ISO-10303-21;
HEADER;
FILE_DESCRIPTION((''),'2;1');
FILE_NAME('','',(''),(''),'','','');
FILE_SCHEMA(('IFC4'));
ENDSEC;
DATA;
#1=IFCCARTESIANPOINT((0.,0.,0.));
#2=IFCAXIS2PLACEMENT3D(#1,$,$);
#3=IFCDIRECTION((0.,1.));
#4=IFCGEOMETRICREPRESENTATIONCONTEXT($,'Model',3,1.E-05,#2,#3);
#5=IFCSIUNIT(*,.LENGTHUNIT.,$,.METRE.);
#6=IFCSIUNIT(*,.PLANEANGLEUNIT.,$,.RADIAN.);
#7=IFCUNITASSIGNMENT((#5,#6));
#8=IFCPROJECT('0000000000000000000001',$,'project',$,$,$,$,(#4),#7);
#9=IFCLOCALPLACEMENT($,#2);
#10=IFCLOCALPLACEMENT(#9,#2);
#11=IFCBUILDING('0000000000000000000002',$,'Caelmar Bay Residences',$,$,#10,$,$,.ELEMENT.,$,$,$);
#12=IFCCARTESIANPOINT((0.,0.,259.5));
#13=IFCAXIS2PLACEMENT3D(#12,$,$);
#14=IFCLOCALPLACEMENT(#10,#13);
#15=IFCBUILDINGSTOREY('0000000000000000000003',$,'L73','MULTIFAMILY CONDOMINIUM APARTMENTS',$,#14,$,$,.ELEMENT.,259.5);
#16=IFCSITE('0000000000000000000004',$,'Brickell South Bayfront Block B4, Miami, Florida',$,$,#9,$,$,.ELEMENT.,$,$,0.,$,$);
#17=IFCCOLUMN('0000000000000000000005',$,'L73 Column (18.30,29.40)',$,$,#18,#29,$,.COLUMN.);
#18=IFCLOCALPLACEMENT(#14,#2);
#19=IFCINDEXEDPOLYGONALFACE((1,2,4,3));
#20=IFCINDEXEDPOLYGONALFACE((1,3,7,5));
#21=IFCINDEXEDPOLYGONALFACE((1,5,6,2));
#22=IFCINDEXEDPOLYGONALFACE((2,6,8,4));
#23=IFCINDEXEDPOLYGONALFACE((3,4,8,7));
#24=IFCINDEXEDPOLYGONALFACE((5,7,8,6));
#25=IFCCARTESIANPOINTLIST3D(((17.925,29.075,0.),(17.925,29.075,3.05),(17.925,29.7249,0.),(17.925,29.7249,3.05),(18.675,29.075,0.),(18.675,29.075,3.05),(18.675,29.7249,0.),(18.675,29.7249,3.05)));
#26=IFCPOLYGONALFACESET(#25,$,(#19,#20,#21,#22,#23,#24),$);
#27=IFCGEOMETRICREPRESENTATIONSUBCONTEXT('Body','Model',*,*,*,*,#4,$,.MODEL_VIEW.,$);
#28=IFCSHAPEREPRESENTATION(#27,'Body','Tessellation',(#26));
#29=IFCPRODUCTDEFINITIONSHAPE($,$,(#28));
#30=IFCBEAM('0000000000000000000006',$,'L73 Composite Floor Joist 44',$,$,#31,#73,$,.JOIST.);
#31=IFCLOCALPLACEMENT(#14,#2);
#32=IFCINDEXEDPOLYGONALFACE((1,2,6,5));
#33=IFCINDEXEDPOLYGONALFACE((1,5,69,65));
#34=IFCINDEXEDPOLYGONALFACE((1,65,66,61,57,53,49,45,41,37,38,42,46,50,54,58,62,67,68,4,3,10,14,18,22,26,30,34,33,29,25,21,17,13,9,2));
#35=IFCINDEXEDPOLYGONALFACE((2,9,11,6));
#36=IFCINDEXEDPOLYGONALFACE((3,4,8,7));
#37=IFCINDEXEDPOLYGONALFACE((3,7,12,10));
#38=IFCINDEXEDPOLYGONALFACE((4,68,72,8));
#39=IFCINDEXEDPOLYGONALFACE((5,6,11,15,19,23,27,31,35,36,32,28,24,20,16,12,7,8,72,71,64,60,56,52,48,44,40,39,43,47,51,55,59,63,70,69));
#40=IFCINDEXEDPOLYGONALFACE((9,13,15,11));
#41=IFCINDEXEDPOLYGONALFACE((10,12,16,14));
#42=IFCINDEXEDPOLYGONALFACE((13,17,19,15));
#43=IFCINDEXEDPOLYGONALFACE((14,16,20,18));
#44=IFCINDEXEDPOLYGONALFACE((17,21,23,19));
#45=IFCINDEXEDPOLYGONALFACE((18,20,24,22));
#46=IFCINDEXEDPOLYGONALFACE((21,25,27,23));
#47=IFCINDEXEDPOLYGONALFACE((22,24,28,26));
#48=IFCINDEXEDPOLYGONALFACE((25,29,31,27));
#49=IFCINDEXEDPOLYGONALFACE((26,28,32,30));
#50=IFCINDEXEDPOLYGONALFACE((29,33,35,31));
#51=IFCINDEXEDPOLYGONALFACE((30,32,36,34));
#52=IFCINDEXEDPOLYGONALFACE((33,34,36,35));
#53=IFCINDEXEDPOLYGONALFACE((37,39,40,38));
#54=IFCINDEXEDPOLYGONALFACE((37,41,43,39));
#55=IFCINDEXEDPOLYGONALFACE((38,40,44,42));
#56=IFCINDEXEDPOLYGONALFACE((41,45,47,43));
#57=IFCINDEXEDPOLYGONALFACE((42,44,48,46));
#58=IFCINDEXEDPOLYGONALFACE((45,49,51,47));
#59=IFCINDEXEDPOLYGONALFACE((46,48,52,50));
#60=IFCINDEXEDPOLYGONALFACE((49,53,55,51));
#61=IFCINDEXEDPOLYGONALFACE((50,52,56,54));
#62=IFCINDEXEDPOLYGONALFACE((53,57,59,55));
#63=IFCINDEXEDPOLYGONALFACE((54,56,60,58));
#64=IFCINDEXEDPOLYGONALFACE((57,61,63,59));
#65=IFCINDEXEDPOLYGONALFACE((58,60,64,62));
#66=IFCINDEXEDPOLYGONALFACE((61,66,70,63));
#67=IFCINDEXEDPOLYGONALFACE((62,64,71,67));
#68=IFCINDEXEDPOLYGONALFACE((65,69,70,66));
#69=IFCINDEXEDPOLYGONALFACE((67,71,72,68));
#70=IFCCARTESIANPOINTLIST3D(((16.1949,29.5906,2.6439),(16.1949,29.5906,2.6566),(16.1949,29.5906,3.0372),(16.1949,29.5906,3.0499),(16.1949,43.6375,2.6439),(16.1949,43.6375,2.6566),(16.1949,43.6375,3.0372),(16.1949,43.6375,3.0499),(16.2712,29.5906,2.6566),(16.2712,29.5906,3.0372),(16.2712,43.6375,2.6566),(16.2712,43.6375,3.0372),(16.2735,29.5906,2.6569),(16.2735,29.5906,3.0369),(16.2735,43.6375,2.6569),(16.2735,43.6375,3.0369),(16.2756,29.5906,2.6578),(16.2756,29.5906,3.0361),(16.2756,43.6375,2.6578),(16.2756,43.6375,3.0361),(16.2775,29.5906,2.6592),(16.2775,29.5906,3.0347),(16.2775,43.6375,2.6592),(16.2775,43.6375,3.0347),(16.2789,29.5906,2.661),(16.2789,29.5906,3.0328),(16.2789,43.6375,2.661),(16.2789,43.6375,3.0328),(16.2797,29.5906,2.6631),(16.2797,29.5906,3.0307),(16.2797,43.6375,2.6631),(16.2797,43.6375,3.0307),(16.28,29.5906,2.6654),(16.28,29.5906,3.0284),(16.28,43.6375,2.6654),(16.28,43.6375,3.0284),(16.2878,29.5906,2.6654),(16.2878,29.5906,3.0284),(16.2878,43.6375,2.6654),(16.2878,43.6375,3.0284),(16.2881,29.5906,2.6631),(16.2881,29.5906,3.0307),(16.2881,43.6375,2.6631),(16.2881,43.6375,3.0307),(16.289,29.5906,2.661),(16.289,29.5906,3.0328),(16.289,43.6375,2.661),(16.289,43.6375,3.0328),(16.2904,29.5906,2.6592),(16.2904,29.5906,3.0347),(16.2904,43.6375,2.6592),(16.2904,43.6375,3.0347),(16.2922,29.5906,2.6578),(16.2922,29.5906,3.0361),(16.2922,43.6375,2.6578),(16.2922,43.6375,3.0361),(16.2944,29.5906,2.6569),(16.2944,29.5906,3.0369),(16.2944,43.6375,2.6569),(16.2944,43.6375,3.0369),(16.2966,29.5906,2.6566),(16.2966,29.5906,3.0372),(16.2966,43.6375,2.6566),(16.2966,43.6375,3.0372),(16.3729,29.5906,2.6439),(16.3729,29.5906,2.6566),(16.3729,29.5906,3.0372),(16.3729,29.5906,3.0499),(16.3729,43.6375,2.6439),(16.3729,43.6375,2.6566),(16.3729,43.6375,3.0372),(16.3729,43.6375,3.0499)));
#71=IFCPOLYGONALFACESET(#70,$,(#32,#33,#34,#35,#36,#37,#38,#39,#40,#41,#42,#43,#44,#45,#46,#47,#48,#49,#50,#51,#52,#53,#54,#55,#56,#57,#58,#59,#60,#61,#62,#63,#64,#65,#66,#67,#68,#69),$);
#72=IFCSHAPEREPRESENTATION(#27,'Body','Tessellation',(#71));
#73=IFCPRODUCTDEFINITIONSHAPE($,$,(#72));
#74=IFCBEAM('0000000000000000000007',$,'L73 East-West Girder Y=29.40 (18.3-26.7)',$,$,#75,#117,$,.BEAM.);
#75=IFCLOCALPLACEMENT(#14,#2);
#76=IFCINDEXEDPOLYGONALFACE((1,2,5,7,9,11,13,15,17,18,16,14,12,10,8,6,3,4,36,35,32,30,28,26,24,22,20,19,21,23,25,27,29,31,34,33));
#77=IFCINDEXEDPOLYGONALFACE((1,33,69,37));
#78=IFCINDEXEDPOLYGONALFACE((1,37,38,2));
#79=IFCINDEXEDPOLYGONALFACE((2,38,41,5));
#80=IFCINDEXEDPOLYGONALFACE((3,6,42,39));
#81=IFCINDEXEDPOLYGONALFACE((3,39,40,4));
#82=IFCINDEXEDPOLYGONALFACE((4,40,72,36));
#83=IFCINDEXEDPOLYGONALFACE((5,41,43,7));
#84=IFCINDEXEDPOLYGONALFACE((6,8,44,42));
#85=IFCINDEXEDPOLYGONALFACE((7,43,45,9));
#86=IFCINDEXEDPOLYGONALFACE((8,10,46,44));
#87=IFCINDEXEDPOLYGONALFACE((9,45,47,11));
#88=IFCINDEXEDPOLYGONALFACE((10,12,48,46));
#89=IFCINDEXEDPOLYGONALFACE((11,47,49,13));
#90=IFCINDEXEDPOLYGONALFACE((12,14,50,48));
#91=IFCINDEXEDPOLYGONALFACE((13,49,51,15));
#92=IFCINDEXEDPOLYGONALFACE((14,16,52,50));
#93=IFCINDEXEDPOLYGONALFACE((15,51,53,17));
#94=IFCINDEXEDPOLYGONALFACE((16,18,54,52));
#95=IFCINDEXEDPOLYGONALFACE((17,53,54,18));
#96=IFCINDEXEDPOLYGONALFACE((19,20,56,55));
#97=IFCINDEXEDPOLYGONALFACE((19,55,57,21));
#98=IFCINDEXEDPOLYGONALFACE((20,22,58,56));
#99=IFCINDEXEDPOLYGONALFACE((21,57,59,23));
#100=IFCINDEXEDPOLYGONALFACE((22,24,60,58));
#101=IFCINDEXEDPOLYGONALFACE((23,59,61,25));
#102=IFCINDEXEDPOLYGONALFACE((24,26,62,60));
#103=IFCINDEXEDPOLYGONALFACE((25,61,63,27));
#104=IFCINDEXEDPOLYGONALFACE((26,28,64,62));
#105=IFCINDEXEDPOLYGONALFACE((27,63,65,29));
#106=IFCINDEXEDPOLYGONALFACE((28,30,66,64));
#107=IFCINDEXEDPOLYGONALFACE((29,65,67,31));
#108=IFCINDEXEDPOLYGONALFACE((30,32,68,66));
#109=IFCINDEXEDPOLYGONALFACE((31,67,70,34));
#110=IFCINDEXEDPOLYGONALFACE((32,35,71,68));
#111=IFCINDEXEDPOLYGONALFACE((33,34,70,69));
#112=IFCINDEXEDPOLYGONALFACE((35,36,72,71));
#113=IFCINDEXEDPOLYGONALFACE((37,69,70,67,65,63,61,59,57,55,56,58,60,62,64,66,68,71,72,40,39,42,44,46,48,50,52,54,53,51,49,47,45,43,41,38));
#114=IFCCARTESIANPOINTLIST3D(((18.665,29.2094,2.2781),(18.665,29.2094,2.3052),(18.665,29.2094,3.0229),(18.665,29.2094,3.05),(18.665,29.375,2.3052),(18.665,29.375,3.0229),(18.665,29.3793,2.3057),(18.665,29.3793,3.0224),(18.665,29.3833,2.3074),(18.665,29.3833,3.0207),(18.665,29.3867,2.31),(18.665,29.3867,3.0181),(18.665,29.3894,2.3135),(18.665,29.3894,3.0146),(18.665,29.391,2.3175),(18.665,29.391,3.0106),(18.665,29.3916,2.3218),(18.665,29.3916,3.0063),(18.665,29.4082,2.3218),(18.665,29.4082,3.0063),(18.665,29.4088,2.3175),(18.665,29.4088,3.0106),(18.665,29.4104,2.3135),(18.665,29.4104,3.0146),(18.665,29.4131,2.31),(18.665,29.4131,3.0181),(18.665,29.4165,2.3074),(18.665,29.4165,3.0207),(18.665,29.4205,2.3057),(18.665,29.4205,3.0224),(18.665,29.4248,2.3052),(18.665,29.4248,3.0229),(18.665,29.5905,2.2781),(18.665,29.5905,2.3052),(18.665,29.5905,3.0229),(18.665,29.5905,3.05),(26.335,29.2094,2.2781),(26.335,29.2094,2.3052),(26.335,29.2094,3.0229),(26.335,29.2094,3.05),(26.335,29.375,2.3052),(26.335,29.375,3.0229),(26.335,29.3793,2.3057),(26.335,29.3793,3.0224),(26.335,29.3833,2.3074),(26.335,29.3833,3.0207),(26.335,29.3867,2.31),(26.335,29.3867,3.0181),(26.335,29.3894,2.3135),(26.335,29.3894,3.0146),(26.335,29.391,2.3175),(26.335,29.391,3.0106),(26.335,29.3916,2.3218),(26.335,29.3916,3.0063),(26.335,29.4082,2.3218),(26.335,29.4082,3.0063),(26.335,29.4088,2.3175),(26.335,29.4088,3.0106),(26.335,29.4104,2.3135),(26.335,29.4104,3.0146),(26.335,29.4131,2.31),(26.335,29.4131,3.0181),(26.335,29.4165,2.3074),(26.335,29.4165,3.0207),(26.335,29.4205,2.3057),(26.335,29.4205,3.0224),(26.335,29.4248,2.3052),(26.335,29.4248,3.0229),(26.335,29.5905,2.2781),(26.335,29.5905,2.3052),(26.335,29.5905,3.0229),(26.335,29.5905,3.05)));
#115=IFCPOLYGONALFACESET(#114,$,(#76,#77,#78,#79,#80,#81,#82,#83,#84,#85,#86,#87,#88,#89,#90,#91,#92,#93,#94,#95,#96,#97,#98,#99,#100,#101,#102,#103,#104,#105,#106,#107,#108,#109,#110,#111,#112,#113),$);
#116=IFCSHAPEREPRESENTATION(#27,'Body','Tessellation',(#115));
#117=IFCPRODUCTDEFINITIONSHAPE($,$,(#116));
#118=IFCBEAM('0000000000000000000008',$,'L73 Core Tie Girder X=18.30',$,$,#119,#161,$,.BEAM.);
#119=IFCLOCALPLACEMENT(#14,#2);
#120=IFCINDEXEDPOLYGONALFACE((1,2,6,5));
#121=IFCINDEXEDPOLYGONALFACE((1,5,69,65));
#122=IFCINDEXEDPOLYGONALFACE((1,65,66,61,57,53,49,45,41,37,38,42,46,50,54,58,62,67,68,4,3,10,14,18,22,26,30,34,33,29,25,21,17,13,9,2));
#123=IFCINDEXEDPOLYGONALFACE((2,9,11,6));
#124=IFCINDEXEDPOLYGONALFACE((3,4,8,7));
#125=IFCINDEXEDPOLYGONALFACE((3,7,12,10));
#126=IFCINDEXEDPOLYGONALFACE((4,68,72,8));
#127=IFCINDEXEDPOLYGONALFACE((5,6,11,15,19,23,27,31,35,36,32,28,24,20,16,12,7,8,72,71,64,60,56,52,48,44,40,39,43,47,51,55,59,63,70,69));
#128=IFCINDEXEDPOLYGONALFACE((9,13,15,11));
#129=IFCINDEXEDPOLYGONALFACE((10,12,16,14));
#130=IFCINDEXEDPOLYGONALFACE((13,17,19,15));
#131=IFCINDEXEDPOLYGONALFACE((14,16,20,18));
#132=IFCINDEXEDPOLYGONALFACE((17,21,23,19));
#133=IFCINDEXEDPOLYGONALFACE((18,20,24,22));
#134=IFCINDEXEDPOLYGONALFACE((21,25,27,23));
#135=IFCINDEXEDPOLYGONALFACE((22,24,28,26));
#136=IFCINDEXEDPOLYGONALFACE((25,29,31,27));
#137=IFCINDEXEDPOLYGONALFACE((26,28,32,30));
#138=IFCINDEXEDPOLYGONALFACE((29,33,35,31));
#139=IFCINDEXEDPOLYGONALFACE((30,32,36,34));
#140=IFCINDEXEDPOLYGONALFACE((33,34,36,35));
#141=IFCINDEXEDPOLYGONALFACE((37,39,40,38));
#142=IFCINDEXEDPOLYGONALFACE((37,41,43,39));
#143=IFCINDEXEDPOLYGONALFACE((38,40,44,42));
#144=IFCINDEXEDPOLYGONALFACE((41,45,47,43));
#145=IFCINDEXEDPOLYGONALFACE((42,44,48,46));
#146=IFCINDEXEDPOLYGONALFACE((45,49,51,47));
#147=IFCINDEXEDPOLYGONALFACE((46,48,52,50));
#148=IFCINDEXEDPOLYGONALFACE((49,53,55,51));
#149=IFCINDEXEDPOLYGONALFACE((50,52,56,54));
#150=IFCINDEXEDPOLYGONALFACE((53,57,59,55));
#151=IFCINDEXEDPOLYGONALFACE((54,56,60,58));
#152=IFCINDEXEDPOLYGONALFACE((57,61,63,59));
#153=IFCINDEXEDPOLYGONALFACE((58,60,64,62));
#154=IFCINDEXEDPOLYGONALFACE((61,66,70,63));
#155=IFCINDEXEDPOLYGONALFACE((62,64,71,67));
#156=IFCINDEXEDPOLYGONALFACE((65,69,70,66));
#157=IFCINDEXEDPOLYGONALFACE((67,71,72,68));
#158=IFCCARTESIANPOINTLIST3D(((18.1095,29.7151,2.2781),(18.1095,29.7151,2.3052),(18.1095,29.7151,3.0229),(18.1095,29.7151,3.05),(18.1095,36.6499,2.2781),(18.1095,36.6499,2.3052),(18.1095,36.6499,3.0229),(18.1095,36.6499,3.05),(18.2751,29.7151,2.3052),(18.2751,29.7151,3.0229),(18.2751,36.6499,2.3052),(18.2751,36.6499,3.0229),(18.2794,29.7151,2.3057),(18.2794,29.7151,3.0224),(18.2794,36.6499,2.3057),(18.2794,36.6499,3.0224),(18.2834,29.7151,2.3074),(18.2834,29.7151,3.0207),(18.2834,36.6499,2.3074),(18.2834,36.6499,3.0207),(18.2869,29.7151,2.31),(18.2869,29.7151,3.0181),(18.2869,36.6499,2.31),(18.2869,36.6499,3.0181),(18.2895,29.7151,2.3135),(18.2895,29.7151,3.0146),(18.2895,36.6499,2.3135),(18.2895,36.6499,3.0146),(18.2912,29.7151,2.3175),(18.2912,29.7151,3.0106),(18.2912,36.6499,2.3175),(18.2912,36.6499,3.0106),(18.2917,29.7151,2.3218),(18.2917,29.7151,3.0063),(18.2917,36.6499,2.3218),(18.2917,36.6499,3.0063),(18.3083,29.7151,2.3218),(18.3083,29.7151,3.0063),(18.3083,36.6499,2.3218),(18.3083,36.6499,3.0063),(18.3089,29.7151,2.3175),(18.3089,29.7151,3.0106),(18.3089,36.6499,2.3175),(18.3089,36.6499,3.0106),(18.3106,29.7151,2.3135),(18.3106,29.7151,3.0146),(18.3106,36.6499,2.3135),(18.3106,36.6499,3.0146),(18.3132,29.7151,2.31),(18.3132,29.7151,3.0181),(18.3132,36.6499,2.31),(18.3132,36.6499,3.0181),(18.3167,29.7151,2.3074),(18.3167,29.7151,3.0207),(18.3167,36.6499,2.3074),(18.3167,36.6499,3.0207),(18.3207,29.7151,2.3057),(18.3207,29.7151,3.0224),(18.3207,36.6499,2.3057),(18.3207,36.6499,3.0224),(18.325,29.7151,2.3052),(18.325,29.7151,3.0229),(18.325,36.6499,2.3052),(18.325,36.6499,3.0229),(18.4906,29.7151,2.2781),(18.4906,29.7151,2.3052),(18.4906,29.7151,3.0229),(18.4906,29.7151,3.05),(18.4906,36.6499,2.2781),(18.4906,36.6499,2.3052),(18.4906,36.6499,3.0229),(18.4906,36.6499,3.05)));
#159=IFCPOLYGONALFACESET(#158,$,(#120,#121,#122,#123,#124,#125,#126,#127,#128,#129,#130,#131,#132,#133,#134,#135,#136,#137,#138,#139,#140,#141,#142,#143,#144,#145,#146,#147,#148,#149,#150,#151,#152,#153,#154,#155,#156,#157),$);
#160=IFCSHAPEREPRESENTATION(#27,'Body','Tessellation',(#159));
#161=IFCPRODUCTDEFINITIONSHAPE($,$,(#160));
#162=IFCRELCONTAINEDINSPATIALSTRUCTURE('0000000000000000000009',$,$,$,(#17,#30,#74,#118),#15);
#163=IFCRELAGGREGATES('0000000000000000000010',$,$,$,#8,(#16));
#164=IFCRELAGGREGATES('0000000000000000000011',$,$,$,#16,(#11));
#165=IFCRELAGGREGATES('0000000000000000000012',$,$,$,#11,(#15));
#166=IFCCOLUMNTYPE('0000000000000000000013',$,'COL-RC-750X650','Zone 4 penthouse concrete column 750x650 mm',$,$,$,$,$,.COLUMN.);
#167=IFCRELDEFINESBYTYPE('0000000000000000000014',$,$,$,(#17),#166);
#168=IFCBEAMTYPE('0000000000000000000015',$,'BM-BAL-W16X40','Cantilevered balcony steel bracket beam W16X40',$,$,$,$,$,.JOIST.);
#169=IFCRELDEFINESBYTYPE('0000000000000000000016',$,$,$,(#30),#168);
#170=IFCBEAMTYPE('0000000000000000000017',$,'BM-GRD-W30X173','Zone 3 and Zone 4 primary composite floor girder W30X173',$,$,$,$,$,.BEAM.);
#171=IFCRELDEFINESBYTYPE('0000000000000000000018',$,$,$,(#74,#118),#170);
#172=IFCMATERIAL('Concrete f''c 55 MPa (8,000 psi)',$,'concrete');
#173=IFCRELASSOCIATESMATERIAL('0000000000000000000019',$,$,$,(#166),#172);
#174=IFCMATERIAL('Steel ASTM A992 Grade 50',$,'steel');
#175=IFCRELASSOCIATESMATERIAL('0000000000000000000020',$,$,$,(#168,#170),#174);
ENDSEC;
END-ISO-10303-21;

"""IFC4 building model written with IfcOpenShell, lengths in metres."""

from ifc_helpers import new_model, si_unit, direction, frame, origin, origin_2d, place, context, subcontext, project, spatial, rectangle, i_section, extrude, material, material_profile, profile_set, type_object, element, save


model = new_model("IFC4")

# Units and contexts
model_context = context("Model", 3, precision=1e-05, world=origin(), true_north=direction((0.0, 1.0)))
body_context = subcontext(model_context, "Body", "Model", "MODEL_VIEW")
ifc_project = project(units=[si_unit("LENGTHUNIT", "METRE"), si_unit("PLANEANGLEUNIT", "RADIAN")], contexts=[model_context])

# Site, building, storey
site_placement = place(None, origin())
site = spatial("IfcSite", under=ifc_project, at=site_placement, Name="Brickell South Bayfront Block B4, Miami, Florida", CompositionType="ELEMENT", RefElevation=0.0)
building_placement = place(site_placement, origin())
building = spatial("IfcBuilding", under=site, at=building_placement, Name="Caelmar Bay Residences", CompositionType="ELEMENT")
storey_placement = place(building_placement, frame((0.0, 0.0, 259.5)))
storey = spatial("IfcBuildingStorey", under=building, at=storey_placement, Name="L73", Description="MULTIFAMILY CONDOMINIUM APARTMENTS", CompositionType="ELEMENT", Elevation=259.5)

# Column
ifc_material_1 = material(Name="Concrete f'c 55 MPa (8,000 psi)", Category="concrete")
ifc_material_profile_1 = material_profile(ifc_material_1, rectangle(XDim=0.75, YDim=0.6499, at=origin_2d()), Name="RC-COL-750X650")
ifc_profile_set_1 = profile_set([ifc_material_profile_1], Name="Concrete f'c 55 MPa (8,000 psi)")
column_type = type_object("IfcColumnType", Name="COL-RC-750X650", Description="Zone 4 penthouse concrete column 750x650 mm", PredefinedType="COLUMN", material=ifc_profile_set_1)
column_placement = place(storey_placement, frame((18.3, 29.3999, 0.0), z_axis=(0.0, 0.0, 1.0), x_axis=(1.0, 0.0, 0.0)))
element("IfcColumn", 1, at=column_placement, inside=storey, type_object=column_type, Name="L73 Column (18.30,29.40)", PredefinedType="COLUMN", context=body_context, shape_type="SweptSolid", body=[
    extrude(rectangle(XDim=0.75, YDim=0.6499, at=origin_2d()), origin(), (0.0, 0.0, 1.0), 3.05),
])

# Beams
ifc_material_2 = material(Name="Steel ASTM A992 Grade 50", Category="steel")
ifc_material_profile_2 = material_profile(ifc_material_2, i_section(OverallWidth=0.178, OverallDepth=0.406, WebThickness=0.0078, FlangeThickness=0.0127, FilletRadius=0.0088, at=origin_2d()), Name="W16X40")
ifc_profile_set_2 = profile_set([ifc_material_profile_2], Name="Steel ASTM A992 Grade 50")
beam_type_1 = type_object("IfcBeamType", Name="BM-BAL-W16X40", Description="Cantilevered balcony steel bracket beam W16X40", PredefinedType="JOIST", material=ifc_profile_set_2)
beam_1_placement = place(storey_placement, frame((16.2839, 29.5906, 2.8469), z_axis=(0.0, 1.0, 0.0), x_axis=(-1.0, 0.0, 0.0)))
element("IfcBeam", 2, at=beam_1_placement, inside=storey, type_object=beam_type_1, Name="L73 Composite Floor Joist 44", PredefinedType="JOIST", context=body_context, shape_type="SweptSolid", body=[
    extrude(i_section(OverallWidth=0.178, OverallDepth=0.406, WebThickness=0.0078, FlangeThickness=0.0127, FilletRadius=0.0088, at=origin_2d()), origin(), (0.0, 0.0, 1.0), 14.0469),
])
ifc_material_profile_3 = material_profile(ifc_material_2, i_section(OverallWidth=0.3811, OverallDepth=0.772, WebThickness=0.0166, FlangeThickness=0.0271, FilletRadius=0.0166, at=origin_2d()), Name="W30X173")
ifc_profile_set_3 = profile_set([ifc_material_profile_3], Name="Steel ASTM A992 Grade 50")
beam_type_2 = type_object("IfcBeamType", Name="BM-GRD-W30X173", Description="Zone 3 and Zone 4 primary composite floor girder W30X173", PredefinedType="BEAM", material=ifc_profile_set_3)
beam_2_placement = place(storey_placement, frame((18.665, 29.3999, 2.6641), z_axis=(1.0, 0.0, 0.0), x_axis=(0.0, 1.0, 0.0)))
element("IfcBeam", 3, at=beam_2_placement, inside=storey, type_object=beam_type_2, Name="L73 East-West Girder Y=29.40 (18.3-26.7)", PredefinedType="BEAM", context=body_context, shape_type="SweptSolid", body=[
    extrude(i_section(OverallWidth=0.3811, OverallDepth=0.772, WebThickness=0.0166, FlangeThickness=0.0271, FilletRadius=0.0166, at=origin_2d()), origin(), (0.0, 0.0, 1.0), 7.6699),
])
beam_3_placement = place(storey_placement, frame((18.3, 29.7151, 2.6641), z_axis=(0.0, 1.0, 0.0), x_axis=(-1.0, 0.0, 0.0)))
element("IfcBeam", 4, at=beam_3_placement, inside=storey, type_object=beam_type_2, Name="L73 Core Tie Girder X=18.30", PredefinedType="BEAM", context=body_context, shape_type="SweptSolid", body=[
    extrude(i_section(OverallWidth=0.3811, OverallDepth=0.772, WebThickness=0.0166, FlangeThickness=0.0271, FilletRadius=0.0166, at=origin_2d()), origin(), (0.0, 0.0, 1.0), 6.9348),
])

save(model, "model.ifc")
